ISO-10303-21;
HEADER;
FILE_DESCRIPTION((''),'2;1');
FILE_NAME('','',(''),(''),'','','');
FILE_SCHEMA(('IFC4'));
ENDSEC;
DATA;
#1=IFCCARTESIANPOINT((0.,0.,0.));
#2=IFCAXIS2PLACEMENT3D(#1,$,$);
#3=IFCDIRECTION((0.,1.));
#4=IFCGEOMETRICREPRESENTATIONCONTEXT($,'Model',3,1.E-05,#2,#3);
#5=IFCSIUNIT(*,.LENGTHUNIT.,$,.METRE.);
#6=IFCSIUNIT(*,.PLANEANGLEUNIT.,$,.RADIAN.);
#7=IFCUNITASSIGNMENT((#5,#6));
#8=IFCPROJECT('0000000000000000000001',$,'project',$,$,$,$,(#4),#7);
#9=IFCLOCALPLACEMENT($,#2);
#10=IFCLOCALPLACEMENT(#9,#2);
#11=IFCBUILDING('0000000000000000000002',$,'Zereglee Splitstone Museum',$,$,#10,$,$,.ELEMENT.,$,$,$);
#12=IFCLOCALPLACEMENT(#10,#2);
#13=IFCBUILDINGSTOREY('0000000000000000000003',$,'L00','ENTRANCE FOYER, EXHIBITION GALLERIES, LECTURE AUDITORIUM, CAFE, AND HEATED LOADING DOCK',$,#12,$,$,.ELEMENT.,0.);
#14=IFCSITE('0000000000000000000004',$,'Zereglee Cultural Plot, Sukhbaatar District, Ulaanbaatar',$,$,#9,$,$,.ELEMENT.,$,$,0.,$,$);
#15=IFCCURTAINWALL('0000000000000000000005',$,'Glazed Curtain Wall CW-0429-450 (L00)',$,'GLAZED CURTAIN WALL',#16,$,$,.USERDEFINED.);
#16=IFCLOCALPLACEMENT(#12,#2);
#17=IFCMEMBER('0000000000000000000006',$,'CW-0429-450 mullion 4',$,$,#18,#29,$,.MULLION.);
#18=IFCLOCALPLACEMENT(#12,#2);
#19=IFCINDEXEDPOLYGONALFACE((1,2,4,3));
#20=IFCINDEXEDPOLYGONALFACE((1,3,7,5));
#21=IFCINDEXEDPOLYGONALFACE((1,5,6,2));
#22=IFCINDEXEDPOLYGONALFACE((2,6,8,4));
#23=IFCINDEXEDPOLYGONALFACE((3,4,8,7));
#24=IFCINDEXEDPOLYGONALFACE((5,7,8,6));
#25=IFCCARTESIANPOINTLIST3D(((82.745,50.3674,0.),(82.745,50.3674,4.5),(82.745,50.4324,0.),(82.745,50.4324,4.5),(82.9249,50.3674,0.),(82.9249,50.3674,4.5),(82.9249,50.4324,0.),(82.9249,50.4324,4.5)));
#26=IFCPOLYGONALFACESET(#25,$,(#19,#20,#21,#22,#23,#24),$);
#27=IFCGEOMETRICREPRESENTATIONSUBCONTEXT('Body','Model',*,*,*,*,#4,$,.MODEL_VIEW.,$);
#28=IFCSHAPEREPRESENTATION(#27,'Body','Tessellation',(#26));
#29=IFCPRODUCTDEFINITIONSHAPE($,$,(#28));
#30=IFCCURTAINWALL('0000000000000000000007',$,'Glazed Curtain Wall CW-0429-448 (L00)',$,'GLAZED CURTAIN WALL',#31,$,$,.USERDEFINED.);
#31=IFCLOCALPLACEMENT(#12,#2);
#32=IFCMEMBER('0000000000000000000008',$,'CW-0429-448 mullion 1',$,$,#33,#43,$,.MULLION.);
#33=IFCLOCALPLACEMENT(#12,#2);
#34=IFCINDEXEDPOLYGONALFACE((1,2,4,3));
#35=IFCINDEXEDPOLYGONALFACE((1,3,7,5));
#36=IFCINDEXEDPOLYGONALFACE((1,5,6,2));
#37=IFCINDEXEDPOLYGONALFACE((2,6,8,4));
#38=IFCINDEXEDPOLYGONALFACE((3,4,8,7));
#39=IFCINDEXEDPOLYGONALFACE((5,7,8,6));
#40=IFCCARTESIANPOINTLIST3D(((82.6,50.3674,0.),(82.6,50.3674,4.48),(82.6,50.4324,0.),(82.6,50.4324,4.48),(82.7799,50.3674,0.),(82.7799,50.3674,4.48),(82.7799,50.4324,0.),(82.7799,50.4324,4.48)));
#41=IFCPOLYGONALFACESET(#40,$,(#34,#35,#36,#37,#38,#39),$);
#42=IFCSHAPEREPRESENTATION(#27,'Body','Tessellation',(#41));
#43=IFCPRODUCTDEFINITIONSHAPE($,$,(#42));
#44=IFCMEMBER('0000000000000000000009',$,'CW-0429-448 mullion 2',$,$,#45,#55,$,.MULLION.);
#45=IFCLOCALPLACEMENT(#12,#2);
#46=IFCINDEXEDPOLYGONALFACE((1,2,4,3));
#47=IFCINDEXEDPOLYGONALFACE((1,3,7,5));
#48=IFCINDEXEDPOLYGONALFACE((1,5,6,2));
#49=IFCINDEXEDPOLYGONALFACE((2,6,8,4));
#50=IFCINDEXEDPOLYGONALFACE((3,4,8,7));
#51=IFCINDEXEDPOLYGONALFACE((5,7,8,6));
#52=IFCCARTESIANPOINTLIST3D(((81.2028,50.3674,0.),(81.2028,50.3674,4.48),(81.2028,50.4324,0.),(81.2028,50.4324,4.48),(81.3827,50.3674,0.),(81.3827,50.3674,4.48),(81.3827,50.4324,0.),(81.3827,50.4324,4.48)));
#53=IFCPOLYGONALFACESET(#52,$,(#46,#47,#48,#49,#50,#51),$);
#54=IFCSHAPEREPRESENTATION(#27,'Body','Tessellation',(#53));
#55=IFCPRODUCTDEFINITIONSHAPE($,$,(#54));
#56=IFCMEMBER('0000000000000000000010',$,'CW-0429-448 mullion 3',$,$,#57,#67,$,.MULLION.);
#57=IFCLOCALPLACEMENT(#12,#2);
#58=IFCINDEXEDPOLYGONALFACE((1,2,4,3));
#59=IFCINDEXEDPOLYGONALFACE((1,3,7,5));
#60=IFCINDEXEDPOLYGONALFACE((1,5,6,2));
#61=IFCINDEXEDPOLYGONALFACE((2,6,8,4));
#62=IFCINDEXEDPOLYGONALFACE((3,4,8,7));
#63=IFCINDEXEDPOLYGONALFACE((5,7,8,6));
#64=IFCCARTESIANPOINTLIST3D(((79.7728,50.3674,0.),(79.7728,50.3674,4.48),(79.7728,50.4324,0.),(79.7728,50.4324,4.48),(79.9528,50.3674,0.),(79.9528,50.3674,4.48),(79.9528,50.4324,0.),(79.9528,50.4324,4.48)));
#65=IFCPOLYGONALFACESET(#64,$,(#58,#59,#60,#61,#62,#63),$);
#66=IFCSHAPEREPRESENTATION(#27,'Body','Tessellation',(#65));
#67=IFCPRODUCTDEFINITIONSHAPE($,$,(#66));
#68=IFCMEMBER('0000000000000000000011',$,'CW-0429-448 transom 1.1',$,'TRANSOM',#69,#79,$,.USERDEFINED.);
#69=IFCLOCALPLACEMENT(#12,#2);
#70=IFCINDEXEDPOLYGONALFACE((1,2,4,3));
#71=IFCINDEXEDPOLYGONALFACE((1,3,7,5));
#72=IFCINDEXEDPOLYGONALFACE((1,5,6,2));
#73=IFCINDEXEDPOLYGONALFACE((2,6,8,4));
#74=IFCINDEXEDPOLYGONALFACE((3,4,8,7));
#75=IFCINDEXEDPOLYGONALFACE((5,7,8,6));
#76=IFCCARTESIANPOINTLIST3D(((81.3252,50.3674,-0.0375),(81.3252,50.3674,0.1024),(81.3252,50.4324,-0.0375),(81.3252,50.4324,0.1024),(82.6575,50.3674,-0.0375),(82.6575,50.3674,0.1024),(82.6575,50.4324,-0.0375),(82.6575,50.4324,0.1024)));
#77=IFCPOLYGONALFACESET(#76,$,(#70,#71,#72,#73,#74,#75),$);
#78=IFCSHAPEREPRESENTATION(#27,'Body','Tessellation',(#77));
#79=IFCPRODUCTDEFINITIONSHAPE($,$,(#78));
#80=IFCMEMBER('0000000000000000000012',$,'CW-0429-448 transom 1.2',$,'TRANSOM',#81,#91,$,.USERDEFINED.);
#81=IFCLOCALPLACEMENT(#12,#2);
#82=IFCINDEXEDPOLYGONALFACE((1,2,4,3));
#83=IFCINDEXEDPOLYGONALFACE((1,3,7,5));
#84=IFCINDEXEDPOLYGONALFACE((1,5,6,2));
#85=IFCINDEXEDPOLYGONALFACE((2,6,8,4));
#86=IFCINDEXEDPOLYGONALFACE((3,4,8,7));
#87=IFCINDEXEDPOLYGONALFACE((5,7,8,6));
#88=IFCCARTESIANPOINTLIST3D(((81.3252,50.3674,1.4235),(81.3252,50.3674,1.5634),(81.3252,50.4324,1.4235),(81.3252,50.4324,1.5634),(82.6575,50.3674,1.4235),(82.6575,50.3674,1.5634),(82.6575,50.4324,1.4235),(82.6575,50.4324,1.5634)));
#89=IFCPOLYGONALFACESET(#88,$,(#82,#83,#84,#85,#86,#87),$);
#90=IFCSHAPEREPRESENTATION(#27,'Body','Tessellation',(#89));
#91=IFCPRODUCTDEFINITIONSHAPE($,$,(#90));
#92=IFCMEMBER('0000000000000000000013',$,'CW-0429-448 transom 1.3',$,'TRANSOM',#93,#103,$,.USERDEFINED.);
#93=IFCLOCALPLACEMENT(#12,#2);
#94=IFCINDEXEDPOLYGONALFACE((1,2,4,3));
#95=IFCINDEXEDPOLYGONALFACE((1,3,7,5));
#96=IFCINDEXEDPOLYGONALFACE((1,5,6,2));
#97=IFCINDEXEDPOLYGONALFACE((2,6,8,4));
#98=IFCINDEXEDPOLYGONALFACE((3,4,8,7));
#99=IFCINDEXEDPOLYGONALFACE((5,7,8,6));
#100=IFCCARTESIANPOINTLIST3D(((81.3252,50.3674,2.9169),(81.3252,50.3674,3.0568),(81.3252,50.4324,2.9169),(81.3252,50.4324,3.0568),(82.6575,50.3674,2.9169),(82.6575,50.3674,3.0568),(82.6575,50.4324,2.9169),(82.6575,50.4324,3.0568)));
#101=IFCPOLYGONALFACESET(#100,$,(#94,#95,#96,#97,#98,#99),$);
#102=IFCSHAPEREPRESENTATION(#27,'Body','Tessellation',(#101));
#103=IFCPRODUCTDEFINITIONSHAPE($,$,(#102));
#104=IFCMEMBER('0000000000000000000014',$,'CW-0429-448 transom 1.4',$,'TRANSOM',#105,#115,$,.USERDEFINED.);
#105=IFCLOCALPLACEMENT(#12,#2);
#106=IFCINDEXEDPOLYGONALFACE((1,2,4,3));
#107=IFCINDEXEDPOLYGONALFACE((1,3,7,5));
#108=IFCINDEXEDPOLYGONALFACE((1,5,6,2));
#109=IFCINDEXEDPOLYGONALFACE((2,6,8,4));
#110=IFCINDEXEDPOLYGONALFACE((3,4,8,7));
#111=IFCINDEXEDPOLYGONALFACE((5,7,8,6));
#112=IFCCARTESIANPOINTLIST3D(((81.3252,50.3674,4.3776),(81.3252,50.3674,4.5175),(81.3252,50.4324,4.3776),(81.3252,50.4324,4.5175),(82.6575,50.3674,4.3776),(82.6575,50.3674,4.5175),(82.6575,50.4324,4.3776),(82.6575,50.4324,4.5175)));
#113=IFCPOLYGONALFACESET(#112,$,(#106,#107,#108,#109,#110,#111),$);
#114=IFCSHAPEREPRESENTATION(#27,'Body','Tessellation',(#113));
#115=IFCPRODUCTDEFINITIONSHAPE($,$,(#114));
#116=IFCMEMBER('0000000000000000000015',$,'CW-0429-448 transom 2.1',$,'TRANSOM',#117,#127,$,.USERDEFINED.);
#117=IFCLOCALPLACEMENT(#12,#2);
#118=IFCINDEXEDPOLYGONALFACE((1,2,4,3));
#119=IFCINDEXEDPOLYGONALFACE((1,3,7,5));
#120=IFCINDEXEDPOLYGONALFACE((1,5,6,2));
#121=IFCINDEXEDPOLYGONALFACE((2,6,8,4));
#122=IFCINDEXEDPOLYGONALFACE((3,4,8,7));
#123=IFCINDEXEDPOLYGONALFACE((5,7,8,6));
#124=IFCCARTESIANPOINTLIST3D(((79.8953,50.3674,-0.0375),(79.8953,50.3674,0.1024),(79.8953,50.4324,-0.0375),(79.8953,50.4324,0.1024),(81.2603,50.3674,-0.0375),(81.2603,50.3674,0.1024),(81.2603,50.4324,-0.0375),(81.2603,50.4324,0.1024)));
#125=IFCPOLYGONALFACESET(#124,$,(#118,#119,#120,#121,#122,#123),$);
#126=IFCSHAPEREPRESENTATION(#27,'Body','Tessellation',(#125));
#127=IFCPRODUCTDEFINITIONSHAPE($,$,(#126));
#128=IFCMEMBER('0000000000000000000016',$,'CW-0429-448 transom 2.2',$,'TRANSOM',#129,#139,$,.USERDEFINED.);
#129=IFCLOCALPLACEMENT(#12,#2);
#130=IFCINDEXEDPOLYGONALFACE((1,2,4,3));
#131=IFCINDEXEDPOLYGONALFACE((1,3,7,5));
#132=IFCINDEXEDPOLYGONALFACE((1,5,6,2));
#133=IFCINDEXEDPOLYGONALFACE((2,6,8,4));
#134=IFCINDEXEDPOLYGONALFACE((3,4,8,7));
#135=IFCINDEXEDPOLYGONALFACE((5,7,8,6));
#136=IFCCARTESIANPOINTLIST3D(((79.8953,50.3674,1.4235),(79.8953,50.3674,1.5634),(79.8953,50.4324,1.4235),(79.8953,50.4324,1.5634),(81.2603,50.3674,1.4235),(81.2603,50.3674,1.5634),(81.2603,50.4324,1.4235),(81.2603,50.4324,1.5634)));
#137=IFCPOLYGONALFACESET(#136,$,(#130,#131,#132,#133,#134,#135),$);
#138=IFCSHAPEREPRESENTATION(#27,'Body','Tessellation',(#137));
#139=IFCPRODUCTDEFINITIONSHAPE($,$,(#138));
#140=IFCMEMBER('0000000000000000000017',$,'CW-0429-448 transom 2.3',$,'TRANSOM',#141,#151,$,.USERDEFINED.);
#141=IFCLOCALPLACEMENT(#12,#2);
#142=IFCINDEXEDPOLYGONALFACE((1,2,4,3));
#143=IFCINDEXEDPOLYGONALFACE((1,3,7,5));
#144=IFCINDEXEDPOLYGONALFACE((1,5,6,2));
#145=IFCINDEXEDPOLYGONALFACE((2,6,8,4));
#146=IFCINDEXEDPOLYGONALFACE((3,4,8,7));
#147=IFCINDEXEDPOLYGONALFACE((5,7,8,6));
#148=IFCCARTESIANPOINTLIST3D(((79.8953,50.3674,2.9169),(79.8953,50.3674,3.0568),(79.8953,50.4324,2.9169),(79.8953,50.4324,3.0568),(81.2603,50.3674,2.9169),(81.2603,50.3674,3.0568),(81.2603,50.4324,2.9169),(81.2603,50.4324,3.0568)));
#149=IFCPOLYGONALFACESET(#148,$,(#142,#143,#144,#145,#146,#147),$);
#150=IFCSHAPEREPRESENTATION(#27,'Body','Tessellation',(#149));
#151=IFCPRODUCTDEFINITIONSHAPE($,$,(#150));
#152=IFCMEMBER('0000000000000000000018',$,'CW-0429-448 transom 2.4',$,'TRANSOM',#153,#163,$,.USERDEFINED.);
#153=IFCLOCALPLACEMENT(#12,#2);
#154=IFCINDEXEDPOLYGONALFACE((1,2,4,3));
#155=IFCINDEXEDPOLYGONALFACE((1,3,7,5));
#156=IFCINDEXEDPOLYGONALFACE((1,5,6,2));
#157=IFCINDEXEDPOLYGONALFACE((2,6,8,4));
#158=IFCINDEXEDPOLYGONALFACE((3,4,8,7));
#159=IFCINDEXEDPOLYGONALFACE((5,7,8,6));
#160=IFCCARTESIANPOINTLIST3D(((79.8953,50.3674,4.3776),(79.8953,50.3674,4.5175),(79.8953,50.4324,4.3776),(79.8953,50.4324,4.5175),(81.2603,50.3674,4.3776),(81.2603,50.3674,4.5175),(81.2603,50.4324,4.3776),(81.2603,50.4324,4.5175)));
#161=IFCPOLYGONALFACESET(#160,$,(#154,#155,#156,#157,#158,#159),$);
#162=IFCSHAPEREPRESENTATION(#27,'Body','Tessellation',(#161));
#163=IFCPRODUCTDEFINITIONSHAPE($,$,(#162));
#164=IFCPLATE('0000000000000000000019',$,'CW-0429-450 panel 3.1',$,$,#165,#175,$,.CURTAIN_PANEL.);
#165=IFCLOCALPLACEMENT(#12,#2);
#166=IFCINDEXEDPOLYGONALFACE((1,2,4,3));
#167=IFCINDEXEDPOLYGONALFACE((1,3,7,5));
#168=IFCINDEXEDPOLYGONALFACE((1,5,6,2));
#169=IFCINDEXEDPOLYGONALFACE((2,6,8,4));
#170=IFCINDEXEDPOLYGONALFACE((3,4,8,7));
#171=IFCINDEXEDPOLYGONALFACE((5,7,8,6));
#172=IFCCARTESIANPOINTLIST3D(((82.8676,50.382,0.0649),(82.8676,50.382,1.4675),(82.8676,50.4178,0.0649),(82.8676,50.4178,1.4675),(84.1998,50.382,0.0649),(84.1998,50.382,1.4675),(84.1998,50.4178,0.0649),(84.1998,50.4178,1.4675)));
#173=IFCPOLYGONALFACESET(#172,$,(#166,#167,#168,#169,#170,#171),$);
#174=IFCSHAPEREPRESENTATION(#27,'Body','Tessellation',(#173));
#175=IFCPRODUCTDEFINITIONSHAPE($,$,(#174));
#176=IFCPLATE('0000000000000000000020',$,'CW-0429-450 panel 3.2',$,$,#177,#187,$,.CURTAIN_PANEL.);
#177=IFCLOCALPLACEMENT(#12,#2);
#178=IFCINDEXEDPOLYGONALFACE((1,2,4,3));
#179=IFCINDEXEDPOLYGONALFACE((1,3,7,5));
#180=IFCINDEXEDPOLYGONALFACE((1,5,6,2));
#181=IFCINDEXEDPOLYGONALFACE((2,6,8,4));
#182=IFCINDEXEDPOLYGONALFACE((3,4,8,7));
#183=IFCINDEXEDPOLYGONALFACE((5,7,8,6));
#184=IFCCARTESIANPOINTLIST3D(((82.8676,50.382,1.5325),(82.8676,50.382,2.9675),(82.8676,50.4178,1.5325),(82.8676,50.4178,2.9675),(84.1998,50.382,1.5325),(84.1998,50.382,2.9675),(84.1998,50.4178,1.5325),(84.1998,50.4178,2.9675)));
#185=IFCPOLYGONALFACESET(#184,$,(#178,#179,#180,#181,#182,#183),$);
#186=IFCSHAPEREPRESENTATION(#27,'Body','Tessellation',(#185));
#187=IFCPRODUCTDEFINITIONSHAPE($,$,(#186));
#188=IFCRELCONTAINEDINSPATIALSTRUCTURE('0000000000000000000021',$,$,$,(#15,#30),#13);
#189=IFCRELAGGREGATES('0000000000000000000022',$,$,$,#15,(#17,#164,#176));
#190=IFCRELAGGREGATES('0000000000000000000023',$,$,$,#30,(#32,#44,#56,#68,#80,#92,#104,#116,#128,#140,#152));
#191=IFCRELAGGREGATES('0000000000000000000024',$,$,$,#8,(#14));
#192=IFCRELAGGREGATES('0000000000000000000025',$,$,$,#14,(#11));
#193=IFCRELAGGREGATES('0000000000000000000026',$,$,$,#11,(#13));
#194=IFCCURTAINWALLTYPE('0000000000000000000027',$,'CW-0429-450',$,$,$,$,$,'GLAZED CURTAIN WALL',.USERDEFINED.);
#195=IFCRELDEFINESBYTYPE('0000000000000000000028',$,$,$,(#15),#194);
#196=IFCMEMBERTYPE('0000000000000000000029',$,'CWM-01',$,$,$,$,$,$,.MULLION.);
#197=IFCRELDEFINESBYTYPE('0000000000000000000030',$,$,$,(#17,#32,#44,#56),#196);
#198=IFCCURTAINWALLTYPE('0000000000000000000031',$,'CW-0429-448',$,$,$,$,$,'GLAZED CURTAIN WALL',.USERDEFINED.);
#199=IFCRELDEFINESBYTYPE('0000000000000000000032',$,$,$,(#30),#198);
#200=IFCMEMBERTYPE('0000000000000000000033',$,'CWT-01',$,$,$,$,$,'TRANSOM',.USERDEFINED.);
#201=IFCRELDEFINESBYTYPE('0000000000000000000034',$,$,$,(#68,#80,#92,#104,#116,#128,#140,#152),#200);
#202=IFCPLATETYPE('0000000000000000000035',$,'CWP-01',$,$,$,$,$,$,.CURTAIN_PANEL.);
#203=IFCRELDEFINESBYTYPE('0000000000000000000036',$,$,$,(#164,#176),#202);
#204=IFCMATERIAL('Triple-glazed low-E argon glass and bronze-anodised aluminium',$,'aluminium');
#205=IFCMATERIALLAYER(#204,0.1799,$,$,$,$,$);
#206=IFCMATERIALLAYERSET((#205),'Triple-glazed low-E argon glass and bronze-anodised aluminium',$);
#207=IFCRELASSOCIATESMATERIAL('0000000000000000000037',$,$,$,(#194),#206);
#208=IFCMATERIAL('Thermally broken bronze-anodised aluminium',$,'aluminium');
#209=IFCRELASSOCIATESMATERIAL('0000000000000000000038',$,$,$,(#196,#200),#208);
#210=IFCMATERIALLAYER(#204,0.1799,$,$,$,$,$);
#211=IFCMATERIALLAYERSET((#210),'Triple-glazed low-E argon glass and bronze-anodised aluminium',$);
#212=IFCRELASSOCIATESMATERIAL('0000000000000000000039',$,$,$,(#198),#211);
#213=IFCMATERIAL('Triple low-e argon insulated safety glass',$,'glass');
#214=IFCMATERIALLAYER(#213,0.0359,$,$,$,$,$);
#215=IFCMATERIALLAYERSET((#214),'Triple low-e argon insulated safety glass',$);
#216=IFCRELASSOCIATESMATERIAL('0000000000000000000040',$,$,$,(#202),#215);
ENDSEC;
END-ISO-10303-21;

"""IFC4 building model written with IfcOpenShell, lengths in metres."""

from ifc_helpers import new_model, si_unit, direction, frame, origin, origin_2d, place, context, subcontext, project, spatial, rectangle, extrude, material, layer, layer_set, material_profile, profile_set, type_object, element, aggregate, save


model = new_model("IFC4")

# Units and contexts
model_context = context("Model", 3, precision=1e-05, world=origin(), true_north=direction((0.0, 1.0)))
body_context = subcontext(model_context, "Body", "Model", "MODEL_VIEW")
ifc_project = project(units=[si_unit("LENGTHUNIT", "METRE"), si_unit("PLANEANGLEUNIT", "RADIAN")], contexts=[model_context])

# Site, building, storey
site_placement = place(None, origin())
site = spatial("IfcSite", under=ifc_project, at=site_placement, Name="Zereglee Cultural Plot, Sukhbaatar District, Ulaanbaatar", CompositionType="ELEMENT", RefElevation=0.0)
building_placement = place(site_placement, origin())
building = spatial("IfcBuilding", under=site, at=building_placement, Name="Zereglee Splitstone Museum", CompositionType="ELEMENT")
storey_placement = place(building_placement, origin())
storey = spatial("IfcBuildingStorey", under=building, at=storey_placement, Name="L00", Description="ENTRANCE FOYER, EXHIBITION GALLERIES, LECTURE AUDITORIUM, CAFE, AND HEATED LOADING DOCK", CompositionType="ELEMENT", Elevation=0.0)

# Curtain wall, member
ifc_material_1 = material(Name="Triple-glazed low-E argon glass and bronze-anodised aluminium", Category="aluminium")
ifc_layer_1 = layer(ifc_material_1, 0.1799)
ifc_layer_set_1 = layer_set([ifc_layer_1], Name="Triple-glazed low-E argon glass and bronze-anodised aluminium")
curtain_wall_type_1 = type_object("IfcCurtainWallType", Name="CW-0429-450", ElementType="GLAZED CURTAIN WALL", PredefinedType="USERDEFINED", material=ifc_layer_set_1)
curtain_wall_1_placement = place(storey_placement, origin())
curtain_wall_1 = element("IfcCurtainWall", 1, at=curtain_wall_1_placement, inside=storey, type_object=curtain_wall_type_1, Name="Glazed Curtain Wall CW-0429-450 (L00)", ObjectType="GLAZED CURTAIN WALL", PredefinedType="USERDEFINED")
ifc_material_2 = material(Name="Thermally broken bronze-anodised aluminium", Category="aluminium")
ifc_material_profile_1 = material_profile(ifc_material_2, rectangle(XDim=0.0649, YDim=0.1799, at=origin_2d()), Name="CW MULL 65x180")
ifc_profile_set_1 = profile_set([ifc_material_profile_1], Name="Thermally broken bronze-anodised aluminium")
member_type_1 = type_object("IfcMemberType", Name="CWM-01", PredefinedType="MULLION", material=ifc_profile_set_1)
member_1_placement = place(storey_placement, frame((82.835, 50.3999, 0.0), z_axis=(0.0, 0.0, 1.0), x_axis=(0.0, -1.0, 0.0)))
member_1 = element("IfcMember", 2, at=member_1_placement, type_object=member_type_1, Name="CW-0429-450 mullion 4", PredefinedType="MULLION", context=body_context, shape_type="SweptSolid", body=[
    extrude(rectangle(XDim=0.0649, YDim=0.1799, at=origin_2d()), origin(), (0.0, 0.0, 1.0), 4.5),
])

# Curtain wall, members
ifc_layer_2 = layer(ifc_material_1, 0.1799)
ifc_layer_set_2 = layer_set([ifc_layer_2], Name="Triple-glazed low-E argon glass and bronze-anodised aluminium")
curtain_wall_type_2 = type_object("IfcCurtainWallType", Name="CW-0429-448", ElementType="GLAZED CURTAIN WALL", PredefinedType="USERDEFINED", material=ifc_layer_set_2)
curtain_wall_2_placement = place(storey_placement, origin())
curtain_wall_2 = element("IfcCurtainWall", 3, at=curtain_wall_2_placement, inside=storey, type_object=curtain_wall_type_2, Name="Glazed Curtain Wall CW-0429-448 (L00)", ObjectType="GLAZED CURTAIN WALL", PredefinedType="USERDEFINED")
member_2_placement = place(storey_placement, frame((82.6899, 50.3999, 0.0), z_axis=(0.0, 0.0, 1.0), x_axis=(0.0, -1.0, 0.0)))
member_2 = element("IfcMember", 4, at=member_2_placement, type_object=member_type_1, Name="CW-0429-448 mullion 1", PredefinedType="MULLION", context=body_context, shape_type="SweptSolid", body=[
    extrude(rectangle(XDim=0.0649, YDim=0.1799, at=origin_2d()), origin(), (0.0, 0.0, 1.0), 4.48),
])
member_3_placement = place(storey_placement, frame((81.2927, 50.3999, 0.0), z_axis=(0.0, 0.0, 1.0), x_axis=(0.0, -1.0, 0.0)))
member_3 = element("IfcMember", 5, at=member_3_placement, type_object=member_type_1, Name="CW-0429-448 mullion 2", PredefinedType="MULLION", context=body_context, shape_type="SweptSolid", body=[
    extrude(rectangle(XDim=0.0649, YDim=0.1799, at=origin_2d()), origin(), (0.0, 0.0, 1.0), 4.48),
])
member_4_placement = place(storey_placement, frame((79.8628, 50.3999, 0.0), z_axis=(0.0, 0.0, 1.0), x_axis=(0.0, -1.0, 0.0)))
member_4 = element("IfcMember", 6, at=member_4_placement, type_object=member_type_1, Name="CW-0429-448 mullion 3", PredefinedType="MULLION", context=body_context, shape_type="SweptSolid", body=[
    extrude(rectangle(XDim=0.0649, YDim=0.1799, at=origin_2d()), origin(), (0.0, 0.0, 1.0), 4.48),
])
ifc_material_profile_2 = material_profile(ifc_material_2, rectangle(XDim=0.0649, YDim=0.1399, at=origin_2d()), Name="CW TRAN 65x140")
ifc_profile_set_2 = profile_set([ifc_material_profile_2], Name="Thermally broken bronze-anodised aluminium")
member_type_2 = type_object("IfcMemberType", Name="CWT-01", ElementType="TRANSOM", PredefinedType="USERDEFINED", material=ifc_profile_set_2)
member_5_placement = place(storey_placement, frame((82.6575, 50.3999, 0.0325), z_axis=(-1.0, 0.0, 0.0), x_axis=(0.0, -1.0, 0.0)))
member_5 = element("IfcMember", 7, at=member_5_placement, type_object=member_type_2, Name="CW-0429-448 transom 1.1", ObjectType="TRANSOM", PredefinedType="USERDEFINED", context=body_context, shape_type="SweptSolid", body=[
    extrude(rectangle(XDim=0.0649, YDim=0.1399, at=origin_2d()), origin(), (0.0, 0.0, 1.0), 1.3323),
])
member_6_placement = place(storey_placement, frame((82.6575, 50.3999, 1.4934), z_axis=(-1.0, 0.0, 0.0), x_axis=(0.0, -1.0, 0.0)))
member_6 = element("IfcMember", 8, at=member_6_placement, type_object=member_type_2, Name="CW-0429-448 transom 1.2", ObjectType="TRANSOM", PredefinedType="USERDEFINED", context=body_context, shape_type="SweptSolid", body=[
    extrude(rectangle(XDim=0.0649, YDim=0.1399, at=origin_2d()), origin(), (0.0, 0.0, 1.0), 1.3323),
])
member_7_placement = place(storey_placement, frame((82.6575, 50.3999, 2.9868), z_axis=(-1.0, 0.0, 0.0), x_axis=(0.0, -1.0, 0.0)))
member_7 = element("IfcMember", 9, at=member_7_placement, type_object=member_type_2, Name="CW-0429-448 transom 1.3", ObjectType="TRANSOM", PredefinedType="USERDEFINED", context=body_context, shape_type="SweptSolid", body=[
    extrude(rectangle(XDim=0.0649, YDim=0.1399, at=origin_2d()), origin(), (0.0, 0.0, 1.0), 1.3323),
])
member_8_placement = place(storey_placement, frame((82.6575, 50.3999, 4.4475), z_axis=(-1.0, 0.0, 0.0), x_axis=(0.0, -1.0, 0.0)))
member_8 = element("IfcMember", 10, at=member_8_placement, type_object=member_type_2, Name="CW-0429-448 transom 1.4", ObjectType="TRANSOM", PredefinedType="USERDEFINED", context=body_context, shape_type="SweptSolid", body=[
    extrude(rectangle(XDim=0.0649, YDim=0.1399, at=origin_2d()), origin(), (0.0, 0.0, 1.0), 1.3323),
])
member_9_placement = place(storey_placement, frame((81.2603, 50.3999, 0.0325), z_axis=(-1.0, 0.0, 0.0), x_axis=(0.0, -1.0, 0.0)))
member_9 = element("IfcMember", 11, at=member_9_placement, type_object=member_type_2, Name="CW-0429-448 transom 2.1", ObjectType="TRANSOM", PredefinedType="USERDEFINED", context=body_context, shape_type="SweptSolid", body=[
    extrude(rectangle(XDim=0.0649, YDim=0.1399, at=origin_2d()), origin(), (0.0, 0.0, 1.0), 1.365),
])
member_10_placement = place(storey_placement, frame((81.2603, 50.3999, 1.4934), z_axis=(-1.0, 0.0, 0.0), x_axis=(0.0, -1.0, 0.0)))
member_10 = element("IfcMember", 12, at=member_10_placement, type_object=member_type_2, Name="CW-0429-448 transom 2.2", ObjectType="TRANSOM", PredefinedType="USERDEFINED", context=body_context, shape_type="SweptSolid", body=[
    extrude(rectangle(XDim=0.0649, YDim=0.1399, at=origin_2d()), origin(), (0.0, 0.0, 1.0), 1.365),
])
member_11_placement = place(storey_placement, frame((81.2603, 50.3999, 2.9868), z_axis=(-1.0, 0.0, 0.0), x_axis=(0.0, -1.0, 0.0)))
member_11 = element("IfcMember", 13, at=member_11_placement, type_object=member_type_2, Name="CW-0429-448 transom 2.3", ObjectType="TRANSOM", PredefinedType="USERDEFINED", context=body_context, shape_type="SweptSolid", body=[
    extrude(rectangle(XDim=0.0649, YDim=0.1399, at=origin_2d()), origin(), (0.0, 0.0, 1.0), 1.365),
])
member_12_placement = place(storey_placement, frame((81.2603, 50.3999, 4.4475), z_axis=(-1.0, 0.0, 0.0), x_axis=(0.0, -1.0, 0.0)))
member_12 = element("IfcMember", 14, at=member_12_placement, type_object=member_type_2, Name="CW-0429-448 transom 2.4", ObjectType="TRANSOM", PredefinedType="USERDEFINED", context=body_context, shape_type="SweptSolid", body=[
    extrude(rectangle(XDim=0.0649, YDim=0.1399, at=origin_2d()), origin(), (0.0, 0.0, 1.0), 1.365),
])

# Plates
ifc_material_3 = material(Name="Triple low-e argon insulated safety glass", Category="glass")
ifc_layer_3 = layer(ifc_material_3, 0.0359)
ifc_layer_set_3 = layer_set([ifc_layer_3], Name="Triple low-e argon insulated safety glass")
plate_type = type_object("IfcPlateType", Name="CWP-01", PredefinedType="CURTAIN_PANEL", material=ifc_layer_set_3)
plate_1_placement = place(storey_placement, frame((83.5337, 50.3999, 0.0649), z_axis=(0.0, 0.0, 1.0), x_axis=(-1.0, 0.0, 0.0)))
plate_1 = element("IfcPlate", 15, at=plate_1_placement, type_object=plate_type, Name="CW-0429-450 panel 3.1", PredefinedType="CURTAIN_PANEL", context=body_context, shape_type="SweptSolid", body=[
    extrude(rectangle(XDim=1.3323, YDim=0.0359, at=origin_2d()), origin(), (0.0, 0.0, 1.0), 1.4026),
])
plate_2_placement = place(storey_placement, frame((83.5337, 50.3999, 1.5325), z_axis=(0.0, 0.0, 1.0), x_axis=(-1.0, 0.0, 0.0)))
plate_2 = element("IfcPlate", 16, at=plate_2_placement, type_object=plate_type, Name="CW-0429-450 panel 3.2", PredefinedType="CURTAIN_PANEL", context=body_context, shape_type="SweptSolid", body=[
    extrude(rectangle(XDim=1.3323, YDim=0.0359, at=origin_2d()), origin(), (0.0, 0.0, 1.0), 1.4351),
])
aggregate(curtain_wall_1, [member_1, plate_1, plate_2])
aggregate(curtain_wall_2, [member_2, member_3, member_4, member_5, member_6, member_7, member_8, member_9, member_10, member_11, member_12])

save(model, "model.ifc")
